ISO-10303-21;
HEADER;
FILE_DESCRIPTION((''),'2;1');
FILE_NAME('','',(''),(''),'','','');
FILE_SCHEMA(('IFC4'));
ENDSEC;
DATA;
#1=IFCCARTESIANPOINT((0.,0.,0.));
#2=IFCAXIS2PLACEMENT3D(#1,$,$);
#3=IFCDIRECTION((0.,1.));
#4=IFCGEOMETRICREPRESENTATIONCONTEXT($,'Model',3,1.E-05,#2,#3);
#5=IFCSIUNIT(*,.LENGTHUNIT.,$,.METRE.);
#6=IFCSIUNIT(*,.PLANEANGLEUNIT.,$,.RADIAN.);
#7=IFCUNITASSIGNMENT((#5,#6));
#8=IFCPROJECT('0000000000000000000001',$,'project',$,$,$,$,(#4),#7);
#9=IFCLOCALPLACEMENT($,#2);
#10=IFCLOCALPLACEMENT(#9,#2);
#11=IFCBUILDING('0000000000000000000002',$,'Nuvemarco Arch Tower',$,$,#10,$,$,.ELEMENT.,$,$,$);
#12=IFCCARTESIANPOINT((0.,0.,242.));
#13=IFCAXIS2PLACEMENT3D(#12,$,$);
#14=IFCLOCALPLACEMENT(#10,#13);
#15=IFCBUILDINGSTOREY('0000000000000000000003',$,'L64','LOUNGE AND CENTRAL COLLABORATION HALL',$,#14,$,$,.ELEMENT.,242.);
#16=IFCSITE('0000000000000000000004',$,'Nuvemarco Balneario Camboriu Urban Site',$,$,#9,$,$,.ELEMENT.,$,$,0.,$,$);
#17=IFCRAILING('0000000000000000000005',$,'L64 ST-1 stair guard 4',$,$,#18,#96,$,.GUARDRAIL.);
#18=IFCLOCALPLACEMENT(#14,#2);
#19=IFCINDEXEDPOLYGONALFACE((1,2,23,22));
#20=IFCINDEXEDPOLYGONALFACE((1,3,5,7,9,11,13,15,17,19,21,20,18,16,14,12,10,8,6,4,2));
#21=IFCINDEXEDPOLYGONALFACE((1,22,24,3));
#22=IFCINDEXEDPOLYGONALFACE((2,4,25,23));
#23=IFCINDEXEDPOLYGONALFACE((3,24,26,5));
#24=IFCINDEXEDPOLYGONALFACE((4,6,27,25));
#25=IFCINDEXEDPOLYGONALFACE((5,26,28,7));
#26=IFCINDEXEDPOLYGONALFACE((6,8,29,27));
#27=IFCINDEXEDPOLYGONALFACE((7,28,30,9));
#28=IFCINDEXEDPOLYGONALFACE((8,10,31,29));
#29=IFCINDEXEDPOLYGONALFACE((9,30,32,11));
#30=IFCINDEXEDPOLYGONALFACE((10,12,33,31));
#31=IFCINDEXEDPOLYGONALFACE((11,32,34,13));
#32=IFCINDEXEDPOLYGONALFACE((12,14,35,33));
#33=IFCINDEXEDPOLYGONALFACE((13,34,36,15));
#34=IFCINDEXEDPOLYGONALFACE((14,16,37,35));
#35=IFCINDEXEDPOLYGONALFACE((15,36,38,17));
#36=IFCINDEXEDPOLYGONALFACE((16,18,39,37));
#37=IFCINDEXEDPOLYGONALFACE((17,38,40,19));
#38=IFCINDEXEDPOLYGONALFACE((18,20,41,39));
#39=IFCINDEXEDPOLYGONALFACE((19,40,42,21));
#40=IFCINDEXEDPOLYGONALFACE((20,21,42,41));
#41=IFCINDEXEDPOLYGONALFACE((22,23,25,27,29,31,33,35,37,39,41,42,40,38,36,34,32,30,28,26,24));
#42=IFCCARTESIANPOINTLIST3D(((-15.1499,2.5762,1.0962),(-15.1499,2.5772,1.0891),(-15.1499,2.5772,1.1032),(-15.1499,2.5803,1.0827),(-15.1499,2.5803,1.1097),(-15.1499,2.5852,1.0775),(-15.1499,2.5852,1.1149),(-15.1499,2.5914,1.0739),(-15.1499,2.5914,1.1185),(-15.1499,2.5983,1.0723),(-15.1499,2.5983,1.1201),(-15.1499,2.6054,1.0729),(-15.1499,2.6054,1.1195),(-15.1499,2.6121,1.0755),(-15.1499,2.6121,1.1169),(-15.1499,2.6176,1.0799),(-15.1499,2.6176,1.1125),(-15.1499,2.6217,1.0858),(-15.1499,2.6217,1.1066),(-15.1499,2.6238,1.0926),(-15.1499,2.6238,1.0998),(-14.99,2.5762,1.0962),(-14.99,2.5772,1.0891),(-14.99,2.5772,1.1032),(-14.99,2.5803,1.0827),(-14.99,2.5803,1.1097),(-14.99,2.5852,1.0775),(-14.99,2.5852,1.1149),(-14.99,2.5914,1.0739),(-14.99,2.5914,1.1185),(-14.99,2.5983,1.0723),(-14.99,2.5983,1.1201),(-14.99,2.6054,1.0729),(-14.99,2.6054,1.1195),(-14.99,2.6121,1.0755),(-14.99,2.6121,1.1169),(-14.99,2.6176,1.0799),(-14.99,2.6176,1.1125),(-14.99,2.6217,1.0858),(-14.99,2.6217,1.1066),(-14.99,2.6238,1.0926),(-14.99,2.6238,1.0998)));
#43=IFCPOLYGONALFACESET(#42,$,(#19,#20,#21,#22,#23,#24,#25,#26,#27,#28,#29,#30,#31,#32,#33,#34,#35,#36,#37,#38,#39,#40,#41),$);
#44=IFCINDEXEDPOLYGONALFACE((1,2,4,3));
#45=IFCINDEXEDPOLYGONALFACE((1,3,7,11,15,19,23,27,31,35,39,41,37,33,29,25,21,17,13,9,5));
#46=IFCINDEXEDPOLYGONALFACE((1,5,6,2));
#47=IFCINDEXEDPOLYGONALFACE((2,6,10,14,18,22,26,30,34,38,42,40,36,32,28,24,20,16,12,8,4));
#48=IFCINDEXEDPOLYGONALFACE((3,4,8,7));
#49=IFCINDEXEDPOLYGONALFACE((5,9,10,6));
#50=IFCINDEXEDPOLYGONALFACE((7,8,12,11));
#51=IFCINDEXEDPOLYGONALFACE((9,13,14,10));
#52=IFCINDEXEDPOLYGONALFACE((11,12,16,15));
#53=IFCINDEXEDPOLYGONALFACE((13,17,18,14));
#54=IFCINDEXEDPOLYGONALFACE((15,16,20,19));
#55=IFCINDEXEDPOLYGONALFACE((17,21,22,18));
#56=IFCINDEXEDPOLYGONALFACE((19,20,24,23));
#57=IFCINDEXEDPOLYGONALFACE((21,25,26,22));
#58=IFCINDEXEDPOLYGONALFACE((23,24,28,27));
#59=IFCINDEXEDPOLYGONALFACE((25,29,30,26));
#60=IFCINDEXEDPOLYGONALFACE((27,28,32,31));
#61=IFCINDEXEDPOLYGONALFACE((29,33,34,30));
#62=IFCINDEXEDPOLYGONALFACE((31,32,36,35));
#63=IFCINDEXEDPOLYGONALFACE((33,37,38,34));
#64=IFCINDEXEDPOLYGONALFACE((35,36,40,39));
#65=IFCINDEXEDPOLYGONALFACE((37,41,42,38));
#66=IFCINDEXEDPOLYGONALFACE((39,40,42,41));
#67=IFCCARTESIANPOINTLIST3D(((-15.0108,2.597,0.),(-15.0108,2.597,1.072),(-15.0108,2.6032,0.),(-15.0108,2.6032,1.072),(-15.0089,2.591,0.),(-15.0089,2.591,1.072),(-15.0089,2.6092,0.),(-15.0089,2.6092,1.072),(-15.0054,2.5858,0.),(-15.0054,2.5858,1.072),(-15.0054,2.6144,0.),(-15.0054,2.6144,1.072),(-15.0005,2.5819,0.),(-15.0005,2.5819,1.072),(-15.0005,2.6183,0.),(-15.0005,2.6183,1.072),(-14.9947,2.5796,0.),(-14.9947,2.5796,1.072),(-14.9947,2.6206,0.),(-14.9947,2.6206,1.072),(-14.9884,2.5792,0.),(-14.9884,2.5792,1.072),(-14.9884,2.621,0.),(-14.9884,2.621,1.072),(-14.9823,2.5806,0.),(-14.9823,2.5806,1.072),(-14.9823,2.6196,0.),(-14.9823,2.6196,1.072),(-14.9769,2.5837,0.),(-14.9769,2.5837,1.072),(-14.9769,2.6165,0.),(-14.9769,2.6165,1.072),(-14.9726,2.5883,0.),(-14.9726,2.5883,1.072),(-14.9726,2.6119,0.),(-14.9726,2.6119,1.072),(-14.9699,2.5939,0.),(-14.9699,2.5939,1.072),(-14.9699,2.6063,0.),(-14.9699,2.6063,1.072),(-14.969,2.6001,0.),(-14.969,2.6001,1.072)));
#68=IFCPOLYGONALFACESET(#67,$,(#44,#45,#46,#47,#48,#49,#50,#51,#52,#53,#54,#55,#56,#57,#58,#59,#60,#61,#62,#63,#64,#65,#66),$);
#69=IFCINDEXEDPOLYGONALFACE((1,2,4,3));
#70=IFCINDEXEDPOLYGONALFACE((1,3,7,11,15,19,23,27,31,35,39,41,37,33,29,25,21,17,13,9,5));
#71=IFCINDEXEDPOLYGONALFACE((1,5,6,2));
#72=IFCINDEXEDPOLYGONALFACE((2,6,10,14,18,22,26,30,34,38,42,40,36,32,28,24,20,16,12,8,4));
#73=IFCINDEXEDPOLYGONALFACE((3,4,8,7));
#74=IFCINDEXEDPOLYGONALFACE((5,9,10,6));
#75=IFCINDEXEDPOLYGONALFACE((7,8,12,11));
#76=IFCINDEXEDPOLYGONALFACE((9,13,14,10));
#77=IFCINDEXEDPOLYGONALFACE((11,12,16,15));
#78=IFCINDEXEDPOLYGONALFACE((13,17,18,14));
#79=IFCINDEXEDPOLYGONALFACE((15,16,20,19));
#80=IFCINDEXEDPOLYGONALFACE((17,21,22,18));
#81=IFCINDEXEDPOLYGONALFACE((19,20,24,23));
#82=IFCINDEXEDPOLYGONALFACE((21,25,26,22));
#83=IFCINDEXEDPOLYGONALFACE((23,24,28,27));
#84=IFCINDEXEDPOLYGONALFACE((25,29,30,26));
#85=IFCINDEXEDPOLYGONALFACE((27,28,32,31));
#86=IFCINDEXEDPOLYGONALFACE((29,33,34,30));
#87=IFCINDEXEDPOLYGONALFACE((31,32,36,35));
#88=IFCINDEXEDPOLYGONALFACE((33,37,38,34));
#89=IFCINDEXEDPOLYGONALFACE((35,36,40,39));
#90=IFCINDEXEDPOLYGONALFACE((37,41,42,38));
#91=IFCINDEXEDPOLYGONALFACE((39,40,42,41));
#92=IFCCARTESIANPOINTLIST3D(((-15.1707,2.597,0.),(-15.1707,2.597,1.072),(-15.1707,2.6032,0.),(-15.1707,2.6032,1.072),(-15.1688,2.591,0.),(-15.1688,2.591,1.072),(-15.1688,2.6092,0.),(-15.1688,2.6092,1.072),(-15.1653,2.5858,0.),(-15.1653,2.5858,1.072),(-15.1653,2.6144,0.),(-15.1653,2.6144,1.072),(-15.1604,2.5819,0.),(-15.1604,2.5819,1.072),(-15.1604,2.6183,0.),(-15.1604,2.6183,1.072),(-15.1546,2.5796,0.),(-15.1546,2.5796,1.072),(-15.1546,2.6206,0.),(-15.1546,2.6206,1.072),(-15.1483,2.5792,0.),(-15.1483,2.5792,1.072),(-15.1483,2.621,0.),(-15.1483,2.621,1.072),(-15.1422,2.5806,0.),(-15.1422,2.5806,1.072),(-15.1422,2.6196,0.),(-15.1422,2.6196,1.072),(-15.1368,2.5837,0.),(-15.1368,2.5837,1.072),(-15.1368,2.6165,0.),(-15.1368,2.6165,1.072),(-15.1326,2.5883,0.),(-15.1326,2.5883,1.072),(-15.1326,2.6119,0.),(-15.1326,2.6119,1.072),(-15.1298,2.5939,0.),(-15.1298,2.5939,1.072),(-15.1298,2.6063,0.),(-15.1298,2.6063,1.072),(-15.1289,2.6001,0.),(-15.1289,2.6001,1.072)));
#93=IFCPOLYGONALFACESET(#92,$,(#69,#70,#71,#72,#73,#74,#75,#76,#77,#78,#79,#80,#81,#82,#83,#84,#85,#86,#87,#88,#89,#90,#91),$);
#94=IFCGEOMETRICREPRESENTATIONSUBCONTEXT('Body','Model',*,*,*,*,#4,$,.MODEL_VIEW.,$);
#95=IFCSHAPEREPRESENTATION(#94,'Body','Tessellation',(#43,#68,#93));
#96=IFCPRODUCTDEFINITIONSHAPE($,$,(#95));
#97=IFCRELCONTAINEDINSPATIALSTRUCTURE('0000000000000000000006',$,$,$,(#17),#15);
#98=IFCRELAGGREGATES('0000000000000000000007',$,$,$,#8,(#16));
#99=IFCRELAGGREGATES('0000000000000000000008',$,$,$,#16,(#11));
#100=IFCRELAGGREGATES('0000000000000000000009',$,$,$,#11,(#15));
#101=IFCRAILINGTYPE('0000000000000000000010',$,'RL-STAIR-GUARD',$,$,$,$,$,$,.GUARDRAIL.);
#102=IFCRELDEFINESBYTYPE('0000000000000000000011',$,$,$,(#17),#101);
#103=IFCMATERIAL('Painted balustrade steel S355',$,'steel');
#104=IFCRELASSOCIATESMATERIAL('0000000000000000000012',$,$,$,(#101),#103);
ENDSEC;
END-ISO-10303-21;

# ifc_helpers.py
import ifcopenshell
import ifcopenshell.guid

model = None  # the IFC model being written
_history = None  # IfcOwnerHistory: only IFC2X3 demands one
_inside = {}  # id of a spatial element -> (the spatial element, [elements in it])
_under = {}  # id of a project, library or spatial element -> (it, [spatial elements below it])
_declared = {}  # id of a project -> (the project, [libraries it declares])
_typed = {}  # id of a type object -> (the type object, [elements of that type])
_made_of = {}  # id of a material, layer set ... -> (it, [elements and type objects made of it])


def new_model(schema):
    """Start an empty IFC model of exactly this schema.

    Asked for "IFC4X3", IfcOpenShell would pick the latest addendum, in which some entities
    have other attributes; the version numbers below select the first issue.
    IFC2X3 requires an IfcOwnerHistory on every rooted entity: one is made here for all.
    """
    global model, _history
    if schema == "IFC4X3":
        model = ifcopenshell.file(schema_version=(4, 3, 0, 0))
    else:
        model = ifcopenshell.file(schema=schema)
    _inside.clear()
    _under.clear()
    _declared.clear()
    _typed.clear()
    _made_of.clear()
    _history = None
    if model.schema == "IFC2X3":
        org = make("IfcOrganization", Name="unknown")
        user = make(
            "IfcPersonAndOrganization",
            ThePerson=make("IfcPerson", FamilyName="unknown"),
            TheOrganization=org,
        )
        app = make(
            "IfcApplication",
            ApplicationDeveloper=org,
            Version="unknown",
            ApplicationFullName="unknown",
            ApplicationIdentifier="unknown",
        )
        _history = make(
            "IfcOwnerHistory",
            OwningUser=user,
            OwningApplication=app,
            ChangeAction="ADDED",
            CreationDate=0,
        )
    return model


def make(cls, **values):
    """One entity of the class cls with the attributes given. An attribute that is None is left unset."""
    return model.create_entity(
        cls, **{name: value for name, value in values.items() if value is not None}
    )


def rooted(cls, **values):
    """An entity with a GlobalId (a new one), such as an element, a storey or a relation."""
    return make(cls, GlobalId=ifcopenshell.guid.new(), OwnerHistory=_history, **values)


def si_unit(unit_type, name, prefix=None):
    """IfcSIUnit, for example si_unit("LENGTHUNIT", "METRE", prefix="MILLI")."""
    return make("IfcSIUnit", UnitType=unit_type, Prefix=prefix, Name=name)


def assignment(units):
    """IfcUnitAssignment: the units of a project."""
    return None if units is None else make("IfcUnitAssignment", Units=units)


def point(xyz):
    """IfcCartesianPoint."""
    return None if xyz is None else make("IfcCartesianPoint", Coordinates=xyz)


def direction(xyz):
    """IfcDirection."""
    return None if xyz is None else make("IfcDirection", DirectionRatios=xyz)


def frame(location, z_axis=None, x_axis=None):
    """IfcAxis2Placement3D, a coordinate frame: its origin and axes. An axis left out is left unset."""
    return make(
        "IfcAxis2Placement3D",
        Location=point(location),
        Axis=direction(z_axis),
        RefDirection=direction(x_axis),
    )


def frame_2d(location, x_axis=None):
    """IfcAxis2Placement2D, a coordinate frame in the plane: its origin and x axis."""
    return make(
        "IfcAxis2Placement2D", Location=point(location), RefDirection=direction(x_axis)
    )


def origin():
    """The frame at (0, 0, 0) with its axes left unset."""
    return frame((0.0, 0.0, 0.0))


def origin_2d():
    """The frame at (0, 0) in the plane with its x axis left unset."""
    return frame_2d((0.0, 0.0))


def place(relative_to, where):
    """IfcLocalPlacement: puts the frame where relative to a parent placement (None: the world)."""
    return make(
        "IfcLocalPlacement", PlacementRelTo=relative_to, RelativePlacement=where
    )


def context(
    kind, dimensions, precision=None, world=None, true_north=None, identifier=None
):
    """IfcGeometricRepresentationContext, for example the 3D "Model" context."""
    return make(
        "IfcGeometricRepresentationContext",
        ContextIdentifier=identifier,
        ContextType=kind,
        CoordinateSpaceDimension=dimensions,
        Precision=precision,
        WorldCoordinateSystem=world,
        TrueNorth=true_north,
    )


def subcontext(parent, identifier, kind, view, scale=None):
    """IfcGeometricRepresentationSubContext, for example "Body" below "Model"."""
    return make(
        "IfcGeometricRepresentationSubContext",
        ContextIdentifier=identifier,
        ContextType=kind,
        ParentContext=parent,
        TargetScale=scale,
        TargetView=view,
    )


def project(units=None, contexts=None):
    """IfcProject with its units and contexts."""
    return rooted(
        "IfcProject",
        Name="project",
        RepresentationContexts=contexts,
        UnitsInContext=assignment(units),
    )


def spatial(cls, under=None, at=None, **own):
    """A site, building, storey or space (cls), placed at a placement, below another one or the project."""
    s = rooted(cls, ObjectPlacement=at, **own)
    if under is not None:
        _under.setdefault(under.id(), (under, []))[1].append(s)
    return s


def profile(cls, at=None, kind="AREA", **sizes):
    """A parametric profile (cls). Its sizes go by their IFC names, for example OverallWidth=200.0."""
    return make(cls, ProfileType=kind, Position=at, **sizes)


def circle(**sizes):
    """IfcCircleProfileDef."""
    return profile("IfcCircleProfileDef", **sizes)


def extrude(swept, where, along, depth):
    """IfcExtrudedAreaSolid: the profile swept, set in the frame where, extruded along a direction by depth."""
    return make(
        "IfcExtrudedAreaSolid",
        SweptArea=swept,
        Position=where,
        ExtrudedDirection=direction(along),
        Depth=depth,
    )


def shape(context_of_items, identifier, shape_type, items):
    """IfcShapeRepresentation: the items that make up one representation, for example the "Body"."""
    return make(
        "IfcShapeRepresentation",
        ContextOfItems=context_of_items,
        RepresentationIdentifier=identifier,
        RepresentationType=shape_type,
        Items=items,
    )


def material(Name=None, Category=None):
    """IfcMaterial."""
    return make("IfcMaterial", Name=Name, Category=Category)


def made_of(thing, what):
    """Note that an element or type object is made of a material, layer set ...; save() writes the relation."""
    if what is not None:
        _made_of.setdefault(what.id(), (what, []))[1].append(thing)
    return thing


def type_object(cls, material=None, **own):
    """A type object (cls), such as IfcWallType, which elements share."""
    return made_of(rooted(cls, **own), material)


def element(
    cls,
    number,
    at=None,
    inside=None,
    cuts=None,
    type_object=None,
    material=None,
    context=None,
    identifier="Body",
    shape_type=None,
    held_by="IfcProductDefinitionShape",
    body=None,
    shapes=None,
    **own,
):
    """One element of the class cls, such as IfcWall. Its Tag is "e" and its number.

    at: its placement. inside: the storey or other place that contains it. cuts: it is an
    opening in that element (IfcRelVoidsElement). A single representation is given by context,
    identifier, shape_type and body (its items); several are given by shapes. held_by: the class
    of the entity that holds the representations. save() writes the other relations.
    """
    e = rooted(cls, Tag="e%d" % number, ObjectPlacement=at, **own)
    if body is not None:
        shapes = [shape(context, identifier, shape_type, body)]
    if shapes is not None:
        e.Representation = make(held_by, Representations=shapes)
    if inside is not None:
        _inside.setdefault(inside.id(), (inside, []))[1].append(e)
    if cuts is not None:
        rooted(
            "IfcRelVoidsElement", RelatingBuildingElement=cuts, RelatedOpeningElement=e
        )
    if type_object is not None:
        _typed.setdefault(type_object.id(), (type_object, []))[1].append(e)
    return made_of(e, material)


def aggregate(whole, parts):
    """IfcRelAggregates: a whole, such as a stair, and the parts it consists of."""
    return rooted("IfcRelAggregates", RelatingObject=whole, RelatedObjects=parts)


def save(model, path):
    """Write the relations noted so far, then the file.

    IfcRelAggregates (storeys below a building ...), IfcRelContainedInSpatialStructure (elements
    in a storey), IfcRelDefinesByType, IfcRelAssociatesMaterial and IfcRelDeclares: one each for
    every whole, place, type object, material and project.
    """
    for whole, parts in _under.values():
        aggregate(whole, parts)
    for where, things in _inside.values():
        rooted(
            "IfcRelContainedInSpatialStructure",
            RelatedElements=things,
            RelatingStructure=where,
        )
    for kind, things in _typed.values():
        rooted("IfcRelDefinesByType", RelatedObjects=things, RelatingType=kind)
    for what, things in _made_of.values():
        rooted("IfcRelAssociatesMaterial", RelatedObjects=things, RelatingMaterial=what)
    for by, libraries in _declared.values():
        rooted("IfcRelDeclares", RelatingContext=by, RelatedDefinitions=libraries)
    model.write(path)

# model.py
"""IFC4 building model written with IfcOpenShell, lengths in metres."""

from ifc_helpers import new_model, si_unit, direction, frame, origin, origin_2d, place, context, subcontext, project, spatial, circle, extrude, material, type_object, element, save


model = new_model("IFC4")

# Units and contexts
model_context = context("Model", 3, precision=1e-05, world=origin(), true_north=direction((0.0, 1.0)))
body_context = subcontext(model_context, "Body", "Model", "MODEL_VIEW")
ifc_project = project(units=[si_unit("LENGTHUNIT", "METRE"), si_unit("PLANEANGLEUNIT", "RADIAN")], contexts=[model_context])

# Site, building, storey
site_placement = place(None, origin())
site = spatial("IfcSite", under=ifc_project, at=site_placement, Name="Nuvemarco Balneario Camboriu Urban Site", CompositionType="ELEMENT", RefElevation=0.0)
building_placement = place(site_placement, origin())
building = spatial("IfcBuilding", under=site, at=building_placement, Name="Nuvemarco Arch Tower", CompositionType="ELEMENT")
storey_placement = place(building_placement, frame((0.0, 0.0, 242.0)))
storey = spatial("IfcBuildingStorey", under=building, at=storey_placement, Name="L64", Description="LOUNGE AND CENTRAL COLLABORATION HALL", CompositionType="ELEMENT", Elevation=242.0)

# Railing
ifc_material_1 = material(Name="Painted balustrade steel S355", Category="steel")
railing_type_1 = type_object("IfcRailingType", Name="RL-STAIR-GUARD", PredefinedType="GUARDRAIL", material=ifc_material_1)
railing_1_placement = place(storey_placement, frame((-14.99, 2.6001, 0.0)))
element("IfcRailing", 1, at=railing_1_placement, inside=storey, type_object=railing_type_1, Name="L64 ST-1 stair guard 4", PredefinedType="GUARDRAIL", context=body_context, shape_type="SweptSolid", body=[
    extrude(circle(Radius=0.0239, at=origin_2d()), frame((0.0, 0.0, 1.0962), z_axis=(-1.0, 0.0, 0.0), x_axis=(0.0, -1.0, 0.0)), (0.0, 0.0, 1.0), 0.1599),
    extrude(circle(Radius=0.021, at=origin_2d()), origin(), (0.0, 0.0, 1.0), 1.072),
    extrude(circle(Radius=0.021, at=origin_2d()), frame((-0.1599, 0.0, 0.0)), (0.0, 0.0, 1.0), 1.072),
])

save(model, "model.ifc")
